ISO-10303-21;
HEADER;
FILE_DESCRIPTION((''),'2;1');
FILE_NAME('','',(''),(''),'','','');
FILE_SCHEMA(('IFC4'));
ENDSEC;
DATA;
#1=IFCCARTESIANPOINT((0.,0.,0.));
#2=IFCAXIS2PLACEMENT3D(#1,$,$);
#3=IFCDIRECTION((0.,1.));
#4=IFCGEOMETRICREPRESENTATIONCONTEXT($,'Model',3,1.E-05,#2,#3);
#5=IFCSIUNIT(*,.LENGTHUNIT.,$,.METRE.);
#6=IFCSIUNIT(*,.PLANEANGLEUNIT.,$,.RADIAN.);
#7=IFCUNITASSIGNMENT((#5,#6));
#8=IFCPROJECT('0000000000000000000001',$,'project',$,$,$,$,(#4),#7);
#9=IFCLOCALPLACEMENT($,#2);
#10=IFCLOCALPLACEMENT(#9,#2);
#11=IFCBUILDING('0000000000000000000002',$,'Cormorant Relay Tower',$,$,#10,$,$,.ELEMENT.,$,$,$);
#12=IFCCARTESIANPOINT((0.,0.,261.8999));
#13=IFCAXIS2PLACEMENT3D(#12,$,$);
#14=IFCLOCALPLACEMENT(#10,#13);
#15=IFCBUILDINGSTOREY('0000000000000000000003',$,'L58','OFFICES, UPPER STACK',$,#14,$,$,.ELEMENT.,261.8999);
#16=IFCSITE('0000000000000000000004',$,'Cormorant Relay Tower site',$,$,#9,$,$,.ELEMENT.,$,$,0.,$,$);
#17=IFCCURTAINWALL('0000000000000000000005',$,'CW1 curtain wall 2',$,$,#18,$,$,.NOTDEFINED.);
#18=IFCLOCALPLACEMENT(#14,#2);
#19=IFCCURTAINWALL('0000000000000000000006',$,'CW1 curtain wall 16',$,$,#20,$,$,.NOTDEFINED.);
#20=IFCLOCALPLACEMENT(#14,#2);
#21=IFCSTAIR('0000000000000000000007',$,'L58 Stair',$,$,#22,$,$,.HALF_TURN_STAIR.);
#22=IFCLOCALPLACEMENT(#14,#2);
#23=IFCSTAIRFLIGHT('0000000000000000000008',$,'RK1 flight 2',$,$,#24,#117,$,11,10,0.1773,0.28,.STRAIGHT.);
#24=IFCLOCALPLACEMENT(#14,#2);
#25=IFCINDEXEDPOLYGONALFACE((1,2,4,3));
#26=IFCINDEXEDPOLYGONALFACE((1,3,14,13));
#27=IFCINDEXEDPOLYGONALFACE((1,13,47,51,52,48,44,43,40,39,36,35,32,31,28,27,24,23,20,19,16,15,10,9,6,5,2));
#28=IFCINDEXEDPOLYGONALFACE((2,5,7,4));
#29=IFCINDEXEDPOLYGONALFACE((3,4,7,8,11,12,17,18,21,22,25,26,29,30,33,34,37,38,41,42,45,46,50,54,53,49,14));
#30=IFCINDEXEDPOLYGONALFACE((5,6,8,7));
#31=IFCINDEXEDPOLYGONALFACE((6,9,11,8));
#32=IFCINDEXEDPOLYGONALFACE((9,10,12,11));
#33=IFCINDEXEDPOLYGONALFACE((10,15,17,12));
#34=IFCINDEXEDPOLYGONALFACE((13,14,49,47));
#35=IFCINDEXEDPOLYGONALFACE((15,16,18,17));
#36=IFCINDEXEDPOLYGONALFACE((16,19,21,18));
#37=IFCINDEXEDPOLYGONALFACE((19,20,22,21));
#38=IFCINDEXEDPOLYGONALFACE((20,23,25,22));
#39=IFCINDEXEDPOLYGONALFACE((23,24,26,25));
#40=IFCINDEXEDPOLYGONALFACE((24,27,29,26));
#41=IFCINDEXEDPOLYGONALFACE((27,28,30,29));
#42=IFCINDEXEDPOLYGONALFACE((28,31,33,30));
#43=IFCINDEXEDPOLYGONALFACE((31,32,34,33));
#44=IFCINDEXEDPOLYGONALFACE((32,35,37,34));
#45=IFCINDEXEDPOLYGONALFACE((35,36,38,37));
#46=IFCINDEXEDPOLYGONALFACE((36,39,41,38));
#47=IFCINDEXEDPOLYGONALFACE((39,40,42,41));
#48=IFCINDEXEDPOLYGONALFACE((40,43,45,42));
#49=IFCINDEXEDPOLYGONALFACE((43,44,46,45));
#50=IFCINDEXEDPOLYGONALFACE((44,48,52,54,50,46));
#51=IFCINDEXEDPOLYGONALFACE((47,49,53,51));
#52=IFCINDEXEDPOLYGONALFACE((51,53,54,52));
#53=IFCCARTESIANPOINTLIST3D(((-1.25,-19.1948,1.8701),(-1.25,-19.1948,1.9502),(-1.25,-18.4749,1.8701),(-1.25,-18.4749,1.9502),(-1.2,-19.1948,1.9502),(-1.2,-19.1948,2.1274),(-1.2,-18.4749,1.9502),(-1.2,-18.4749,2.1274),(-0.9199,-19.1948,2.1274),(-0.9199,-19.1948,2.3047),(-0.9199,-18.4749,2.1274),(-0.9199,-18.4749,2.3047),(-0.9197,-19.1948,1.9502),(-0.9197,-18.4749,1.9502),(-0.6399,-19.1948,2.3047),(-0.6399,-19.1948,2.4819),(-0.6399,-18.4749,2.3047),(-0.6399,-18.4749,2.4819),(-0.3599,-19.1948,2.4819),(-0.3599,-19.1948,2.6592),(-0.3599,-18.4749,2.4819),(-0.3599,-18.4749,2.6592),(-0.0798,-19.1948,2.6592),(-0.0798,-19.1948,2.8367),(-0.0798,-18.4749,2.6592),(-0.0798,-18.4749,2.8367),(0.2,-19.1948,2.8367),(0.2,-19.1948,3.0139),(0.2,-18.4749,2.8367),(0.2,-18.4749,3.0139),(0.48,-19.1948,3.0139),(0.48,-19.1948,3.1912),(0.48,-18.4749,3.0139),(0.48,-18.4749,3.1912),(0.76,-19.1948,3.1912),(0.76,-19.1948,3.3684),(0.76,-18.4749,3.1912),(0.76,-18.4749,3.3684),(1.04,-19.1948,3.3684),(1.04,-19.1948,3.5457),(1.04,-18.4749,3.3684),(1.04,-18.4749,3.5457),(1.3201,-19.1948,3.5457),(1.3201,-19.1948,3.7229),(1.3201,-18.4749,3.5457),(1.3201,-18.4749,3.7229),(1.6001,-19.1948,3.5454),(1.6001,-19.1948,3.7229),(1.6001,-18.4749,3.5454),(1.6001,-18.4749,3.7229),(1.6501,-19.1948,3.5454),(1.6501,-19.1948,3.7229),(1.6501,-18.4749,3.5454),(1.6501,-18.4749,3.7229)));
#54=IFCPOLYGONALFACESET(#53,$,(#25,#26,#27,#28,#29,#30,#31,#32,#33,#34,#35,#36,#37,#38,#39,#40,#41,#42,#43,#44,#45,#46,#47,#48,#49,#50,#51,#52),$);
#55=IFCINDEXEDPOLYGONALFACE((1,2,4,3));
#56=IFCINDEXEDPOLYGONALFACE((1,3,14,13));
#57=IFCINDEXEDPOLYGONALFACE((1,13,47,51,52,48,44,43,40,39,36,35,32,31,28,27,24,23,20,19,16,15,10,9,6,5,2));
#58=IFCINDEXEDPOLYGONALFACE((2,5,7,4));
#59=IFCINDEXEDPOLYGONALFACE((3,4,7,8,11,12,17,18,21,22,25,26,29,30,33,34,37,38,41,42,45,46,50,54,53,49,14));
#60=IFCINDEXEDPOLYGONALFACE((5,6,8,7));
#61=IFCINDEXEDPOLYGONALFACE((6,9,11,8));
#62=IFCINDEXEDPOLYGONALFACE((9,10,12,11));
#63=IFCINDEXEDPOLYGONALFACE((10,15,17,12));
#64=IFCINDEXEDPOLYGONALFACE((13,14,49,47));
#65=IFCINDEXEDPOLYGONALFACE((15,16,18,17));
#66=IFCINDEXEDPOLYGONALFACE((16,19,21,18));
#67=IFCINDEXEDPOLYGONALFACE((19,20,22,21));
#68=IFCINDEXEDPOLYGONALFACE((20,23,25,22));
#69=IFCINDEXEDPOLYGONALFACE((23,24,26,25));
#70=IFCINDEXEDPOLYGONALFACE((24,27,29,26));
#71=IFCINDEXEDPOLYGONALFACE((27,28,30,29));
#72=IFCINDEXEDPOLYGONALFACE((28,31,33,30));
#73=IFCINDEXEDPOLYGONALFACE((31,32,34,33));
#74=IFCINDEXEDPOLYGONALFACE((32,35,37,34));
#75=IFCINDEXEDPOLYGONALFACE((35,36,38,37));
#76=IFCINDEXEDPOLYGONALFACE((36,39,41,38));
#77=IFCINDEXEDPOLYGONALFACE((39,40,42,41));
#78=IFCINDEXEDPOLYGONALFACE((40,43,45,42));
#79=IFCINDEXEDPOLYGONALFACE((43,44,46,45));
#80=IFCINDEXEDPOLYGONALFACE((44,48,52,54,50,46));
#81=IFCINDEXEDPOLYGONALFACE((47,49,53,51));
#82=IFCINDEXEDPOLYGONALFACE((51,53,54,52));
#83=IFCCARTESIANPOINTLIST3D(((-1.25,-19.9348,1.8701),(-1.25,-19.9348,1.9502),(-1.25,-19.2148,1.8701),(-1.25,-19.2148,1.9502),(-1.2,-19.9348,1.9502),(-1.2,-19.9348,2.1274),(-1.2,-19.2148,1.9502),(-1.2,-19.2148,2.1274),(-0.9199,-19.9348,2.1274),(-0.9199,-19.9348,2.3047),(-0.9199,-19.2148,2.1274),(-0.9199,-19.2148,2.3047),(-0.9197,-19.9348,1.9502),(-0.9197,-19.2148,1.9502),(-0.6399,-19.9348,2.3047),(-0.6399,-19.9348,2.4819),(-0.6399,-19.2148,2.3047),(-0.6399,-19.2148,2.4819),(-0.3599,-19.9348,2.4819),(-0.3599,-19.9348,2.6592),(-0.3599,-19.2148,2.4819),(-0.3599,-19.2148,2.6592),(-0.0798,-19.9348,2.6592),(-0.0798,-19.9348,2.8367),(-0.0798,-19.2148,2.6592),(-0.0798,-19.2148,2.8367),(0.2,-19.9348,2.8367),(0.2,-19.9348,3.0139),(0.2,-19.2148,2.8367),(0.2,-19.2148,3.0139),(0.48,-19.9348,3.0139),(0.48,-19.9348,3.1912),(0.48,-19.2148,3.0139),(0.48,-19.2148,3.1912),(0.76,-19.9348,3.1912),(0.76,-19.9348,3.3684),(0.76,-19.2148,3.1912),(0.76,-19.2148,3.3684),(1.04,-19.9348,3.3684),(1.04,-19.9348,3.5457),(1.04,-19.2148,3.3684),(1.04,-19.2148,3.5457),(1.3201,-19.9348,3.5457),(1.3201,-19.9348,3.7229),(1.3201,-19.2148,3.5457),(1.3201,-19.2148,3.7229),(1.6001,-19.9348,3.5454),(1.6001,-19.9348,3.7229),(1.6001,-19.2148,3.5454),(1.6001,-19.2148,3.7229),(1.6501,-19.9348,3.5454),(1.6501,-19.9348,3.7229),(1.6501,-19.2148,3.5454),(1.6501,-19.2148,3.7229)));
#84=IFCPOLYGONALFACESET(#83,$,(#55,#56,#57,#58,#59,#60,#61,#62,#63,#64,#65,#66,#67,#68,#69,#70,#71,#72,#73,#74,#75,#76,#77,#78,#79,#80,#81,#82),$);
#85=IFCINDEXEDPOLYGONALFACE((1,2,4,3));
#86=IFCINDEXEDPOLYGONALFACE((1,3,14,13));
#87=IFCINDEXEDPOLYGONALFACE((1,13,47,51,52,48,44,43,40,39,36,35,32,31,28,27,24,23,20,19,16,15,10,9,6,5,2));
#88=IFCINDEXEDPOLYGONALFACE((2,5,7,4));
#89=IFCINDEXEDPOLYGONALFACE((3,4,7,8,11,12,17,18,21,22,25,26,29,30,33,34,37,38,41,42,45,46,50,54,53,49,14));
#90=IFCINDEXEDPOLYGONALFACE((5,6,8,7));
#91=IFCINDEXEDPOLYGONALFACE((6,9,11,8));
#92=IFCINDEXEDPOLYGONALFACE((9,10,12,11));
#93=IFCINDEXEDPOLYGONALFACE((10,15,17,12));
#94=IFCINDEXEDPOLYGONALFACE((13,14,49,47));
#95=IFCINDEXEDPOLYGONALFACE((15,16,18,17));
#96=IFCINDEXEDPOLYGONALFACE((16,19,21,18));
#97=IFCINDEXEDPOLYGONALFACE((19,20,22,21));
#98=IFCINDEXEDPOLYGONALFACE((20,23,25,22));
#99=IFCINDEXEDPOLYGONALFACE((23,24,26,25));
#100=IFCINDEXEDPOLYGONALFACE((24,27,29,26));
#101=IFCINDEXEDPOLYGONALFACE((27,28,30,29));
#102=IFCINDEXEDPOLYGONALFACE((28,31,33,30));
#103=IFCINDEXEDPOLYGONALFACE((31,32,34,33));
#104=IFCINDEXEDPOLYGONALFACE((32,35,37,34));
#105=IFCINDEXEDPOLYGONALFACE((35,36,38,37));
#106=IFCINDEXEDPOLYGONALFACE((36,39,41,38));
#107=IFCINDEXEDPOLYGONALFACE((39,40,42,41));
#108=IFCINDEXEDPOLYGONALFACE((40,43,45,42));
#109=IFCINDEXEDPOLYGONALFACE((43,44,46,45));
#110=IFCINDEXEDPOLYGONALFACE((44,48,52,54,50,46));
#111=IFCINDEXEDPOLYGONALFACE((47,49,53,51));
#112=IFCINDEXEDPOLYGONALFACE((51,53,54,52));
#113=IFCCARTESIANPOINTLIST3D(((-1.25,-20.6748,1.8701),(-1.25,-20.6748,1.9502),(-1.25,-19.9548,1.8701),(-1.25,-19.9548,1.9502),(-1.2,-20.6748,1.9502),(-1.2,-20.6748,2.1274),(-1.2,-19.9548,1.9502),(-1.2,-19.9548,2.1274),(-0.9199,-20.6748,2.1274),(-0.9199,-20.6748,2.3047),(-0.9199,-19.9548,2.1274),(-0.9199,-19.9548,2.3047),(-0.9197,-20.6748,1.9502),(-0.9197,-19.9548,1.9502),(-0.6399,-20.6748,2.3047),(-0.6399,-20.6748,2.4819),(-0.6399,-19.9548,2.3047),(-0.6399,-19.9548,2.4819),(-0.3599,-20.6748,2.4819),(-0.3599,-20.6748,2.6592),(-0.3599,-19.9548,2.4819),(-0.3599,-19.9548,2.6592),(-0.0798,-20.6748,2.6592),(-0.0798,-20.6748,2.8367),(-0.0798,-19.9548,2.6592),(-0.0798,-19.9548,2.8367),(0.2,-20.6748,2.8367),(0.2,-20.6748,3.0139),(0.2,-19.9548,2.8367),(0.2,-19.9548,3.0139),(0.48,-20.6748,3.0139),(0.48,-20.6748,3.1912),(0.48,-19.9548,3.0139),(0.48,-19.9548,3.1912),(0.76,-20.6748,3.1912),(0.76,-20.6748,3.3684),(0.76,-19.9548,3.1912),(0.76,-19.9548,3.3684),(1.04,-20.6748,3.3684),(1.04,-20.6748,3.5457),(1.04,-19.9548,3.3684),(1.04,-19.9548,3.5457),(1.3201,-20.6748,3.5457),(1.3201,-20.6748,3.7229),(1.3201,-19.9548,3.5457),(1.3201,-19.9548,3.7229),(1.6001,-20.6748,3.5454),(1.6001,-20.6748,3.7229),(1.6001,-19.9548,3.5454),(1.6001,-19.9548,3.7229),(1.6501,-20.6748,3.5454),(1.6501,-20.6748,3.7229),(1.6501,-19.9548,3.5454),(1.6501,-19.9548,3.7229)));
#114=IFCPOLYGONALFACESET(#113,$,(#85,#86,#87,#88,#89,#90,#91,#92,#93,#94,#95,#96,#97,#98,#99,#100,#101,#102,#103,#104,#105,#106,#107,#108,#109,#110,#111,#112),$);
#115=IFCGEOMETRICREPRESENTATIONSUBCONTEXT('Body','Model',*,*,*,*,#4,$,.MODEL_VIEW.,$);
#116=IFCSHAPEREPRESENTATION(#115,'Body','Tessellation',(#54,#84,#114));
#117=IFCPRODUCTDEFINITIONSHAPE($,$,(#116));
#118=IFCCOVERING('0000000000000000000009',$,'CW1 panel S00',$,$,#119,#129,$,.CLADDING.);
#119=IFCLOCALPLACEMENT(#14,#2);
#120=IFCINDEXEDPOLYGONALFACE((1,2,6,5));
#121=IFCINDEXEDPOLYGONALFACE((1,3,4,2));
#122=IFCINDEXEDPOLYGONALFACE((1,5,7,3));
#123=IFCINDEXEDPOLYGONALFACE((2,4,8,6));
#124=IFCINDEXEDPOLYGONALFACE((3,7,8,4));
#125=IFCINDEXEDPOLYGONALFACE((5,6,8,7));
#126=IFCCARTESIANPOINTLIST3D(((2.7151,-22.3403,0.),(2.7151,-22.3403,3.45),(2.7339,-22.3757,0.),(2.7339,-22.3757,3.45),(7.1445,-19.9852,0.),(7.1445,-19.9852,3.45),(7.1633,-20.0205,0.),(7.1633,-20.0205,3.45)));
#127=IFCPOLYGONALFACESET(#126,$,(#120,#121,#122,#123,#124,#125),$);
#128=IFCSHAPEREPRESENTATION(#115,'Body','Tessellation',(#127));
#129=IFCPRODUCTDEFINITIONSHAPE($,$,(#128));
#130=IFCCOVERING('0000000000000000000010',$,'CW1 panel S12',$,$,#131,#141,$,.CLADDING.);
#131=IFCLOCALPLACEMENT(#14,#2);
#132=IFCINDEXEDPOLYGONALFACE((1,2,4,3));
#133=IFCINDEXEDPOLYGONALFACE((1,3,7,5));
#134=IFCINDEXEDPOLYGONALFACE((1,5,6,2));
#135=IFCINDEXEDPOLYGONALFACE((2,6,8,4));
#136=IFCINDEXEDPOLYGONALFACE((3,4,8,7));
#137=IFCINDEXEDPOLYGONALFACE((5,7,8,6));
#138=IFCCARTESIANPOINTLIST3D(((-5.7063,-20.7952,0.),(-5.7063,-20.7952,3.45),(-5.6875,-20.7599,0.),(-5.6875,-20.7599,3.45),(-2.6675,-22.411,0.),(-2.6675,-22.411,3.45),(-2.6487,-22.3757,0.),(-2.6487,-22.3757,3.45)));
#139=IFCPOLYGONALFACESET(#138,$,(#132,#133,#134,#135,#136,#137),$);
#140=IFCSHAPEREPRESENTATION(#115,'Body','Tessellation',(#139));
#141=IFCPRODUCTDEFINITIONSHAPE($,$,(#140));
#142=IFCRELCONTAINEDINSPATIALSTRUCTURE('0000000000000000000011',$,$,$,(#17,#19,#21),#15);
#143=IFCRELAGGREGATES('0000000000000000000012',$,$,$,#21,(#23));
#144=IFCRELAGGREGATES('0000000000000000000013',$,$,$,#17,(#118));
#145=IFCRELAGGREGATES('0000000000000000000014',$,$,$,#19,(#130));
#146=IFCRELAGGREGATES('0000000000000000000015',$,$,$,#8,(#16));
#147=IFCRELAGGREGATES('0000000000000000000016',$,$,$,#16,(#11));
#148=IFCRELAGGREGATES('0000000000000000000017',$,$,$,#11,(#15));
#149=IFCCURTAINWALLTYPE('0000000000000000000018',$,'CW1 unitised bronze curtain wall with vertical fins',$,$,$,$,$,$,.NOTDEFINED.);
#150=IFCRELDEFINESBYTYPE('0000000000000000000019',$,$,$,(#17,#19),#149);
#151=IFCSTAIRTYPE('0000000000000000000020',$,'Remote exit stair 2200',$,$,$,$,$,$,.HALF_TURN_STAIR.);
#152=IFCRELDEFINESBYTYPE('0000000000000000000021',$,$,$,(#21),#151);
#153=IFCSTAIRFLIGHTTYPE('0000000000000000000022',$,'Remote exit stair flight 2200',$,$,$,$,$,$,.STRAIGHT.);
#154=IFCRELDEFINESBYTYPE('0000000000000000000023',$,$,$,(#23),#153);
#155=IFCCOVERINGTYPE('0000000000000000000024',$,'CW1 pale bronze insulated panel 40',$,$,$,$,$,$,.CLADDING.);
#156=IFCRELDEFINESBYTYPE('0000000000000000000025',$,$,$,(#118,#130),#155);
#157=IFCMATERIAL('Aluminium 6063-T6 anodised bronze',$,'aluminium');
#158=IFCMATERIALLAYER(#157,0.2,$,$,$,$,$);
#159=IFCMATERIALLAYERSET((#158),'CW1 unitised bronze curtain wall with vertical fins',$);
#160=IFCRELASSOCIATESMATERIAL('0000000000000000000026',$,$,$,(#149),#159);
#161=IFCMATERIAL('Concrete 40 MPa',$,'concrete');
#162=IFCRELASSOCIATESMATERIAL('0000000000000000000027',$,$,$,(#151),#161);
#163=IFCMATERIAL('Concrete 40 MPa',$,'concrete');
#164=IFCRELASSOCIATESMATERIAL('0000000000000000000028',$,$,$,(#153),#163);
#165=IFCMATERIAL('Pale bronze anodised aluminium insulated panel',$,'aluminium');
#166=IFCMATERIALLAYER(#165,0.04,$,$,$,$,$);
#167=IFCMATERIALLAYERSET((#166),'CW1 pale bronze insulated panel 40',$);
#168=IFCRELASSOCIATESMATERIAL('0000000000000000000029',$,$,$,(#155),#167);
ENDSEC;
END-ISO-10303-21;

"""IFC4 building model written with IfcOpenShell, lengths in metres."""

from ifc_helpers import new_model, si_unit, direction, frame, origin, origin_2d, place, context, subcontext, project, spatial, polyline, rectangle, outline, extrude, material, layer, layer_set, type_object, element, aggregate, save


model = new_model("IFC4")

# Units and contexts
model_context = context("Model", 3, precision=1e-05, world=origin(), true_north=direction((0.0, 1.0)))
body_context = subcontext(model_context, "Body", "Model", "MODEL_VIEW")
ifc_project = project(units=[si_unit("LENGTHUNIT", "METRE"), si_unit("PLANEANGLEUNIT", "RADIAN")], contexts=[model_context])

# Site, building, storey
site_placement = place(None, origin())
site = spatial("IfcSite", under=ifc_project, at=site_placement, Name="Cormorant Relay Tower site", CompositionType="ELEMENT", RefElevation=0.0)
building_placement = place(site_placement, origin())
building = spatial("IfcBuilding", under=site, at=building_placement, Name="Cormorant Relay Tower", CompositionType="ELEMENT")
storey_placement = place(building_placement, frame((0.0, 0.0, 261.8999)))
storey = spatial("IfcBuildingStorey", under=building, at=storey_placement, Name="L58", Description="OFFICES, UPPER STACK", CompositionType="ELEMENT", Elevation=261.8999)

# Shared definitions
ifc_material_1 = material(Name="Aluminium 6063-T6 anodised bronze", Category="aluminium")
ifc_layer_1 = layer(ifc_material_1, 0.2)
ifc_layer_set_1 = layer_set([ifc_layer_1], Name="CW1 unitised bronze curtain wall with vertical fins")
curtain_wall_type = type_object("IfcCurtainWallType", Name="CW1 unitised bronze curtain wall with vertical fins", PredefinedType="NOTDEFINED", material=ifc_layer_set_1)

# Curtain wall
curtain_wall_1_placement = place(storey_placement, origin())
curtain_wall_1 = element("IfcCurtainWall", 1, at=curtain_wall_1_placement, inside=storey, type_object=curtain_wall_type, Name="CW1 curtain wall 2", PredefinedType="NOTDEFINED")

# Curtain wall
curtain_wall_2_placement = place(storey_placement, origin())
curtain_wall_2 = element("IfcCurtainWall", 2, at=curtain_wall_2_placement, inside=storey, type_object=curtain_wall_type, Name="CW1 curtain wall 16", PredefinedType="NOTDEFINED")

# Stair, stair flight
ifc_material_2 = material(Name="Concrete 40 MPa", Category="concrete")
stair_type = type_object("IfcStairType", Name="Remote exit stair 2200", PredefinedType="HALF_TURN_STAIR", material=ifc_material_2)
stair_placement = place(storey_placement, origin())
stair = element("IfcStair", 3, at=stair_placement, inside=storey, type_object=stair_type, Name="L58 Stair", PredefinedType="HALF_TURN_STAIR")
ifc_material_3 = material(Name="Concrete 40 MPa", Category="concrete")
stair_flight_type = type_object("IfcStairFlightType", Name="Remote exit stair flight 2200", PredefinedType="STRAIGHT", material=ifc_material_3)
stair_flight_placement = place(storey_placement, frame((-1.2, -19.575, 1.9502), z_axis=(0.0, 0.0, 1.0), x_axis=(1.0, 0.0, 0.0)))
stair_flight = element("IfcStairFlight", 4, at=stair_flight_placement, type_object=stair_flight_type, Name="RK1 flight 2", NumberOfRisers=11, NumberOfTreads=10, PredefinedType="STRAIGHT", RiserHeight=0.1773, TreadLength=0.28, context=body_context, shape_type="SweptSolid", body=[
    extrude(outline(polyline([(-0.05, -0.0801), (-0.05, 0.0), (0.0, 0.0), (0.0, 0.1772), (0.28, 0.1772), (0.28, 0.3545), (0.5601, 0.3545), (0.5601, 0.5317), (0.8401, 0.5317), (0.8401, 0.709), (1.1201, 0.709), (1.1201, 0.8865), (1.3999, 0.8865), (1.3999, 1.0637), (1.6799, 1.0637), (1.6799, 1.241), (1.96, 1.241), (1.96, 1.4182), (2.24, 1.4182), (2.24, 1.5955), (2.52, 1.5955), (2.52, 1.7727), (2.8, 1.7727), (2.8501, 1.7727), (2.8501, 1.5952), (2.8, 1.5952), (0.2803, 0.0), (-0.05, -0.0801)])), frame((0.0, 1.1001, 0.0), z_axis=(0.0, -1.0, 0.0), x_axis=(1.0, 0.0, 0.0)), (0.0, 0.0, 1.0), 0.72),
    extrude(outline(polyline([(-0.05, -0.0801), (-0.05, 0.0), (0.0, 0.0), (0.0, 0.1772), (0.28, 0.1772), (0.28, 0.3545), (0.5601, 0.3545), (0.5601, 0.5317), (0.8401, 0.5317), (0.8401, 0.709), (1.1201, 0.709), (1.1201, 0.8865), (1.3999, 0.8865), (1.3999, 1.0637), (1.6799, 1.0637), (1.6799, 1.241), (1.96, 1.241), (1.96, 1.4182), (2.24, 1.4182), (2.24, 1.5955), (2.52, 1.5955), (2.52, 1.7727), (2.8, 1.7727), (2.8501, 1.7727), (2.8501, 1.5952), (2.8, 1.5952), (0.2803, 0.0), (-0.05, -0.0801)])), frame((0.0, 0.3601, 0.0), z_axis=(0.0, -1.0, 0.0), x_axis=(1.0, 0.0, 0.0)), (0.0, 0.0, 1.0), 0.72),
    extrude(outline(polyline([(-0.05, -0.0801), (-0.05, 0.0), (0.0, 0.0), (0.0, 0.1772), (0.28, 0.1772), (0.28, 0.3545), (0.5601, 0.3545), (0.5601, 0.5317), (0.8401, 0.5317), (0.8401, 0.709), (1.1201, 0.709), (1.1201, 0.8865), (1.3999, 0.8865), (1.3999, 1.0637), (1.6799, 1.0637), (1.6799, 1.241), (1.96, 1.241), (1.96, 1.4182), (2.24, 1.4182), (2.24, 1.5955), (2.52, 1.5955), (2.52, 1.7727), (2.8, 1.7727), (2.8501, 1.7727), (2.8501, 1.5952), (2.8, 1.5952), (0.2803, 0.0), (-0.05, -0.0801)])), frame((0.0, -0.3799, 0.0), z_axis=(0.0, -1.0, 0.0), x_axis=(1.0, 0.0, 0.0)), (0.0, 0.0, 1.0), 0.72),
])
aggregate(stair, [stair_flight])

# Coverings
ifc_material_4 = material(Name="Pale bronze anodised aluminium insulated panel", Category="aluminium")
ifc_layer_2 = layer(ifc_material_4, 0.04)
ifc_layer_set_2 = layer_set([ifc_layer_2], Name="CW1 pale bronze insulated panel 40")
covering_type = type_object("IfcCoveringType", Name="CW1 pale bronze insulated panel 40", PredefinedType="CLADDING", material=ifc_layer_set_2)
covering_1_placement = place(storey_placement, frame((4.9392, -21.1804, 0.0), z_axis=(0.0, 0.0, 1.0), x_axis=(0.882948, 0.469472, 0.0)))
covering_1 = element("IfcCovering", 5, at=covering_1_placement, type_object=covering_type, Name="CW1 panel S00", PredefinedType="CLADDING", context=body_context, shape_type="SweptSolid", body=[
    extrude(rectangle(XDim=5.0166, YDim=0.04, at=origin_2d()), origin(), (0.0, 0.0, 1.0), 3.45),
])
aggregate(curtain_wall_1, [covering_1])
covering_2_placement = place(storey_placement, frame((-4.1775, -21.5854, 0.0), z_axis=(0.0, 0.0, 1.0), x_axis=(0.882948, -0.469472, 0.0)))
covering_2 = element("IfcCovering", 6, at=covering_2_placement, type_object=covering_type, Name="CW1 panel S12", PredefinedType="CLADDING", context=body_context, shape_type="SweptSolid", body=[
    extrude(rectangle(XDim=3.4417, YDim=0.04, at=origin_2d()), origin(), (0.0, 0.0, 1.0), 3.45),
])
aggregate(curtain_wall_2, [covering_2])

save(model, "model.ifc")
